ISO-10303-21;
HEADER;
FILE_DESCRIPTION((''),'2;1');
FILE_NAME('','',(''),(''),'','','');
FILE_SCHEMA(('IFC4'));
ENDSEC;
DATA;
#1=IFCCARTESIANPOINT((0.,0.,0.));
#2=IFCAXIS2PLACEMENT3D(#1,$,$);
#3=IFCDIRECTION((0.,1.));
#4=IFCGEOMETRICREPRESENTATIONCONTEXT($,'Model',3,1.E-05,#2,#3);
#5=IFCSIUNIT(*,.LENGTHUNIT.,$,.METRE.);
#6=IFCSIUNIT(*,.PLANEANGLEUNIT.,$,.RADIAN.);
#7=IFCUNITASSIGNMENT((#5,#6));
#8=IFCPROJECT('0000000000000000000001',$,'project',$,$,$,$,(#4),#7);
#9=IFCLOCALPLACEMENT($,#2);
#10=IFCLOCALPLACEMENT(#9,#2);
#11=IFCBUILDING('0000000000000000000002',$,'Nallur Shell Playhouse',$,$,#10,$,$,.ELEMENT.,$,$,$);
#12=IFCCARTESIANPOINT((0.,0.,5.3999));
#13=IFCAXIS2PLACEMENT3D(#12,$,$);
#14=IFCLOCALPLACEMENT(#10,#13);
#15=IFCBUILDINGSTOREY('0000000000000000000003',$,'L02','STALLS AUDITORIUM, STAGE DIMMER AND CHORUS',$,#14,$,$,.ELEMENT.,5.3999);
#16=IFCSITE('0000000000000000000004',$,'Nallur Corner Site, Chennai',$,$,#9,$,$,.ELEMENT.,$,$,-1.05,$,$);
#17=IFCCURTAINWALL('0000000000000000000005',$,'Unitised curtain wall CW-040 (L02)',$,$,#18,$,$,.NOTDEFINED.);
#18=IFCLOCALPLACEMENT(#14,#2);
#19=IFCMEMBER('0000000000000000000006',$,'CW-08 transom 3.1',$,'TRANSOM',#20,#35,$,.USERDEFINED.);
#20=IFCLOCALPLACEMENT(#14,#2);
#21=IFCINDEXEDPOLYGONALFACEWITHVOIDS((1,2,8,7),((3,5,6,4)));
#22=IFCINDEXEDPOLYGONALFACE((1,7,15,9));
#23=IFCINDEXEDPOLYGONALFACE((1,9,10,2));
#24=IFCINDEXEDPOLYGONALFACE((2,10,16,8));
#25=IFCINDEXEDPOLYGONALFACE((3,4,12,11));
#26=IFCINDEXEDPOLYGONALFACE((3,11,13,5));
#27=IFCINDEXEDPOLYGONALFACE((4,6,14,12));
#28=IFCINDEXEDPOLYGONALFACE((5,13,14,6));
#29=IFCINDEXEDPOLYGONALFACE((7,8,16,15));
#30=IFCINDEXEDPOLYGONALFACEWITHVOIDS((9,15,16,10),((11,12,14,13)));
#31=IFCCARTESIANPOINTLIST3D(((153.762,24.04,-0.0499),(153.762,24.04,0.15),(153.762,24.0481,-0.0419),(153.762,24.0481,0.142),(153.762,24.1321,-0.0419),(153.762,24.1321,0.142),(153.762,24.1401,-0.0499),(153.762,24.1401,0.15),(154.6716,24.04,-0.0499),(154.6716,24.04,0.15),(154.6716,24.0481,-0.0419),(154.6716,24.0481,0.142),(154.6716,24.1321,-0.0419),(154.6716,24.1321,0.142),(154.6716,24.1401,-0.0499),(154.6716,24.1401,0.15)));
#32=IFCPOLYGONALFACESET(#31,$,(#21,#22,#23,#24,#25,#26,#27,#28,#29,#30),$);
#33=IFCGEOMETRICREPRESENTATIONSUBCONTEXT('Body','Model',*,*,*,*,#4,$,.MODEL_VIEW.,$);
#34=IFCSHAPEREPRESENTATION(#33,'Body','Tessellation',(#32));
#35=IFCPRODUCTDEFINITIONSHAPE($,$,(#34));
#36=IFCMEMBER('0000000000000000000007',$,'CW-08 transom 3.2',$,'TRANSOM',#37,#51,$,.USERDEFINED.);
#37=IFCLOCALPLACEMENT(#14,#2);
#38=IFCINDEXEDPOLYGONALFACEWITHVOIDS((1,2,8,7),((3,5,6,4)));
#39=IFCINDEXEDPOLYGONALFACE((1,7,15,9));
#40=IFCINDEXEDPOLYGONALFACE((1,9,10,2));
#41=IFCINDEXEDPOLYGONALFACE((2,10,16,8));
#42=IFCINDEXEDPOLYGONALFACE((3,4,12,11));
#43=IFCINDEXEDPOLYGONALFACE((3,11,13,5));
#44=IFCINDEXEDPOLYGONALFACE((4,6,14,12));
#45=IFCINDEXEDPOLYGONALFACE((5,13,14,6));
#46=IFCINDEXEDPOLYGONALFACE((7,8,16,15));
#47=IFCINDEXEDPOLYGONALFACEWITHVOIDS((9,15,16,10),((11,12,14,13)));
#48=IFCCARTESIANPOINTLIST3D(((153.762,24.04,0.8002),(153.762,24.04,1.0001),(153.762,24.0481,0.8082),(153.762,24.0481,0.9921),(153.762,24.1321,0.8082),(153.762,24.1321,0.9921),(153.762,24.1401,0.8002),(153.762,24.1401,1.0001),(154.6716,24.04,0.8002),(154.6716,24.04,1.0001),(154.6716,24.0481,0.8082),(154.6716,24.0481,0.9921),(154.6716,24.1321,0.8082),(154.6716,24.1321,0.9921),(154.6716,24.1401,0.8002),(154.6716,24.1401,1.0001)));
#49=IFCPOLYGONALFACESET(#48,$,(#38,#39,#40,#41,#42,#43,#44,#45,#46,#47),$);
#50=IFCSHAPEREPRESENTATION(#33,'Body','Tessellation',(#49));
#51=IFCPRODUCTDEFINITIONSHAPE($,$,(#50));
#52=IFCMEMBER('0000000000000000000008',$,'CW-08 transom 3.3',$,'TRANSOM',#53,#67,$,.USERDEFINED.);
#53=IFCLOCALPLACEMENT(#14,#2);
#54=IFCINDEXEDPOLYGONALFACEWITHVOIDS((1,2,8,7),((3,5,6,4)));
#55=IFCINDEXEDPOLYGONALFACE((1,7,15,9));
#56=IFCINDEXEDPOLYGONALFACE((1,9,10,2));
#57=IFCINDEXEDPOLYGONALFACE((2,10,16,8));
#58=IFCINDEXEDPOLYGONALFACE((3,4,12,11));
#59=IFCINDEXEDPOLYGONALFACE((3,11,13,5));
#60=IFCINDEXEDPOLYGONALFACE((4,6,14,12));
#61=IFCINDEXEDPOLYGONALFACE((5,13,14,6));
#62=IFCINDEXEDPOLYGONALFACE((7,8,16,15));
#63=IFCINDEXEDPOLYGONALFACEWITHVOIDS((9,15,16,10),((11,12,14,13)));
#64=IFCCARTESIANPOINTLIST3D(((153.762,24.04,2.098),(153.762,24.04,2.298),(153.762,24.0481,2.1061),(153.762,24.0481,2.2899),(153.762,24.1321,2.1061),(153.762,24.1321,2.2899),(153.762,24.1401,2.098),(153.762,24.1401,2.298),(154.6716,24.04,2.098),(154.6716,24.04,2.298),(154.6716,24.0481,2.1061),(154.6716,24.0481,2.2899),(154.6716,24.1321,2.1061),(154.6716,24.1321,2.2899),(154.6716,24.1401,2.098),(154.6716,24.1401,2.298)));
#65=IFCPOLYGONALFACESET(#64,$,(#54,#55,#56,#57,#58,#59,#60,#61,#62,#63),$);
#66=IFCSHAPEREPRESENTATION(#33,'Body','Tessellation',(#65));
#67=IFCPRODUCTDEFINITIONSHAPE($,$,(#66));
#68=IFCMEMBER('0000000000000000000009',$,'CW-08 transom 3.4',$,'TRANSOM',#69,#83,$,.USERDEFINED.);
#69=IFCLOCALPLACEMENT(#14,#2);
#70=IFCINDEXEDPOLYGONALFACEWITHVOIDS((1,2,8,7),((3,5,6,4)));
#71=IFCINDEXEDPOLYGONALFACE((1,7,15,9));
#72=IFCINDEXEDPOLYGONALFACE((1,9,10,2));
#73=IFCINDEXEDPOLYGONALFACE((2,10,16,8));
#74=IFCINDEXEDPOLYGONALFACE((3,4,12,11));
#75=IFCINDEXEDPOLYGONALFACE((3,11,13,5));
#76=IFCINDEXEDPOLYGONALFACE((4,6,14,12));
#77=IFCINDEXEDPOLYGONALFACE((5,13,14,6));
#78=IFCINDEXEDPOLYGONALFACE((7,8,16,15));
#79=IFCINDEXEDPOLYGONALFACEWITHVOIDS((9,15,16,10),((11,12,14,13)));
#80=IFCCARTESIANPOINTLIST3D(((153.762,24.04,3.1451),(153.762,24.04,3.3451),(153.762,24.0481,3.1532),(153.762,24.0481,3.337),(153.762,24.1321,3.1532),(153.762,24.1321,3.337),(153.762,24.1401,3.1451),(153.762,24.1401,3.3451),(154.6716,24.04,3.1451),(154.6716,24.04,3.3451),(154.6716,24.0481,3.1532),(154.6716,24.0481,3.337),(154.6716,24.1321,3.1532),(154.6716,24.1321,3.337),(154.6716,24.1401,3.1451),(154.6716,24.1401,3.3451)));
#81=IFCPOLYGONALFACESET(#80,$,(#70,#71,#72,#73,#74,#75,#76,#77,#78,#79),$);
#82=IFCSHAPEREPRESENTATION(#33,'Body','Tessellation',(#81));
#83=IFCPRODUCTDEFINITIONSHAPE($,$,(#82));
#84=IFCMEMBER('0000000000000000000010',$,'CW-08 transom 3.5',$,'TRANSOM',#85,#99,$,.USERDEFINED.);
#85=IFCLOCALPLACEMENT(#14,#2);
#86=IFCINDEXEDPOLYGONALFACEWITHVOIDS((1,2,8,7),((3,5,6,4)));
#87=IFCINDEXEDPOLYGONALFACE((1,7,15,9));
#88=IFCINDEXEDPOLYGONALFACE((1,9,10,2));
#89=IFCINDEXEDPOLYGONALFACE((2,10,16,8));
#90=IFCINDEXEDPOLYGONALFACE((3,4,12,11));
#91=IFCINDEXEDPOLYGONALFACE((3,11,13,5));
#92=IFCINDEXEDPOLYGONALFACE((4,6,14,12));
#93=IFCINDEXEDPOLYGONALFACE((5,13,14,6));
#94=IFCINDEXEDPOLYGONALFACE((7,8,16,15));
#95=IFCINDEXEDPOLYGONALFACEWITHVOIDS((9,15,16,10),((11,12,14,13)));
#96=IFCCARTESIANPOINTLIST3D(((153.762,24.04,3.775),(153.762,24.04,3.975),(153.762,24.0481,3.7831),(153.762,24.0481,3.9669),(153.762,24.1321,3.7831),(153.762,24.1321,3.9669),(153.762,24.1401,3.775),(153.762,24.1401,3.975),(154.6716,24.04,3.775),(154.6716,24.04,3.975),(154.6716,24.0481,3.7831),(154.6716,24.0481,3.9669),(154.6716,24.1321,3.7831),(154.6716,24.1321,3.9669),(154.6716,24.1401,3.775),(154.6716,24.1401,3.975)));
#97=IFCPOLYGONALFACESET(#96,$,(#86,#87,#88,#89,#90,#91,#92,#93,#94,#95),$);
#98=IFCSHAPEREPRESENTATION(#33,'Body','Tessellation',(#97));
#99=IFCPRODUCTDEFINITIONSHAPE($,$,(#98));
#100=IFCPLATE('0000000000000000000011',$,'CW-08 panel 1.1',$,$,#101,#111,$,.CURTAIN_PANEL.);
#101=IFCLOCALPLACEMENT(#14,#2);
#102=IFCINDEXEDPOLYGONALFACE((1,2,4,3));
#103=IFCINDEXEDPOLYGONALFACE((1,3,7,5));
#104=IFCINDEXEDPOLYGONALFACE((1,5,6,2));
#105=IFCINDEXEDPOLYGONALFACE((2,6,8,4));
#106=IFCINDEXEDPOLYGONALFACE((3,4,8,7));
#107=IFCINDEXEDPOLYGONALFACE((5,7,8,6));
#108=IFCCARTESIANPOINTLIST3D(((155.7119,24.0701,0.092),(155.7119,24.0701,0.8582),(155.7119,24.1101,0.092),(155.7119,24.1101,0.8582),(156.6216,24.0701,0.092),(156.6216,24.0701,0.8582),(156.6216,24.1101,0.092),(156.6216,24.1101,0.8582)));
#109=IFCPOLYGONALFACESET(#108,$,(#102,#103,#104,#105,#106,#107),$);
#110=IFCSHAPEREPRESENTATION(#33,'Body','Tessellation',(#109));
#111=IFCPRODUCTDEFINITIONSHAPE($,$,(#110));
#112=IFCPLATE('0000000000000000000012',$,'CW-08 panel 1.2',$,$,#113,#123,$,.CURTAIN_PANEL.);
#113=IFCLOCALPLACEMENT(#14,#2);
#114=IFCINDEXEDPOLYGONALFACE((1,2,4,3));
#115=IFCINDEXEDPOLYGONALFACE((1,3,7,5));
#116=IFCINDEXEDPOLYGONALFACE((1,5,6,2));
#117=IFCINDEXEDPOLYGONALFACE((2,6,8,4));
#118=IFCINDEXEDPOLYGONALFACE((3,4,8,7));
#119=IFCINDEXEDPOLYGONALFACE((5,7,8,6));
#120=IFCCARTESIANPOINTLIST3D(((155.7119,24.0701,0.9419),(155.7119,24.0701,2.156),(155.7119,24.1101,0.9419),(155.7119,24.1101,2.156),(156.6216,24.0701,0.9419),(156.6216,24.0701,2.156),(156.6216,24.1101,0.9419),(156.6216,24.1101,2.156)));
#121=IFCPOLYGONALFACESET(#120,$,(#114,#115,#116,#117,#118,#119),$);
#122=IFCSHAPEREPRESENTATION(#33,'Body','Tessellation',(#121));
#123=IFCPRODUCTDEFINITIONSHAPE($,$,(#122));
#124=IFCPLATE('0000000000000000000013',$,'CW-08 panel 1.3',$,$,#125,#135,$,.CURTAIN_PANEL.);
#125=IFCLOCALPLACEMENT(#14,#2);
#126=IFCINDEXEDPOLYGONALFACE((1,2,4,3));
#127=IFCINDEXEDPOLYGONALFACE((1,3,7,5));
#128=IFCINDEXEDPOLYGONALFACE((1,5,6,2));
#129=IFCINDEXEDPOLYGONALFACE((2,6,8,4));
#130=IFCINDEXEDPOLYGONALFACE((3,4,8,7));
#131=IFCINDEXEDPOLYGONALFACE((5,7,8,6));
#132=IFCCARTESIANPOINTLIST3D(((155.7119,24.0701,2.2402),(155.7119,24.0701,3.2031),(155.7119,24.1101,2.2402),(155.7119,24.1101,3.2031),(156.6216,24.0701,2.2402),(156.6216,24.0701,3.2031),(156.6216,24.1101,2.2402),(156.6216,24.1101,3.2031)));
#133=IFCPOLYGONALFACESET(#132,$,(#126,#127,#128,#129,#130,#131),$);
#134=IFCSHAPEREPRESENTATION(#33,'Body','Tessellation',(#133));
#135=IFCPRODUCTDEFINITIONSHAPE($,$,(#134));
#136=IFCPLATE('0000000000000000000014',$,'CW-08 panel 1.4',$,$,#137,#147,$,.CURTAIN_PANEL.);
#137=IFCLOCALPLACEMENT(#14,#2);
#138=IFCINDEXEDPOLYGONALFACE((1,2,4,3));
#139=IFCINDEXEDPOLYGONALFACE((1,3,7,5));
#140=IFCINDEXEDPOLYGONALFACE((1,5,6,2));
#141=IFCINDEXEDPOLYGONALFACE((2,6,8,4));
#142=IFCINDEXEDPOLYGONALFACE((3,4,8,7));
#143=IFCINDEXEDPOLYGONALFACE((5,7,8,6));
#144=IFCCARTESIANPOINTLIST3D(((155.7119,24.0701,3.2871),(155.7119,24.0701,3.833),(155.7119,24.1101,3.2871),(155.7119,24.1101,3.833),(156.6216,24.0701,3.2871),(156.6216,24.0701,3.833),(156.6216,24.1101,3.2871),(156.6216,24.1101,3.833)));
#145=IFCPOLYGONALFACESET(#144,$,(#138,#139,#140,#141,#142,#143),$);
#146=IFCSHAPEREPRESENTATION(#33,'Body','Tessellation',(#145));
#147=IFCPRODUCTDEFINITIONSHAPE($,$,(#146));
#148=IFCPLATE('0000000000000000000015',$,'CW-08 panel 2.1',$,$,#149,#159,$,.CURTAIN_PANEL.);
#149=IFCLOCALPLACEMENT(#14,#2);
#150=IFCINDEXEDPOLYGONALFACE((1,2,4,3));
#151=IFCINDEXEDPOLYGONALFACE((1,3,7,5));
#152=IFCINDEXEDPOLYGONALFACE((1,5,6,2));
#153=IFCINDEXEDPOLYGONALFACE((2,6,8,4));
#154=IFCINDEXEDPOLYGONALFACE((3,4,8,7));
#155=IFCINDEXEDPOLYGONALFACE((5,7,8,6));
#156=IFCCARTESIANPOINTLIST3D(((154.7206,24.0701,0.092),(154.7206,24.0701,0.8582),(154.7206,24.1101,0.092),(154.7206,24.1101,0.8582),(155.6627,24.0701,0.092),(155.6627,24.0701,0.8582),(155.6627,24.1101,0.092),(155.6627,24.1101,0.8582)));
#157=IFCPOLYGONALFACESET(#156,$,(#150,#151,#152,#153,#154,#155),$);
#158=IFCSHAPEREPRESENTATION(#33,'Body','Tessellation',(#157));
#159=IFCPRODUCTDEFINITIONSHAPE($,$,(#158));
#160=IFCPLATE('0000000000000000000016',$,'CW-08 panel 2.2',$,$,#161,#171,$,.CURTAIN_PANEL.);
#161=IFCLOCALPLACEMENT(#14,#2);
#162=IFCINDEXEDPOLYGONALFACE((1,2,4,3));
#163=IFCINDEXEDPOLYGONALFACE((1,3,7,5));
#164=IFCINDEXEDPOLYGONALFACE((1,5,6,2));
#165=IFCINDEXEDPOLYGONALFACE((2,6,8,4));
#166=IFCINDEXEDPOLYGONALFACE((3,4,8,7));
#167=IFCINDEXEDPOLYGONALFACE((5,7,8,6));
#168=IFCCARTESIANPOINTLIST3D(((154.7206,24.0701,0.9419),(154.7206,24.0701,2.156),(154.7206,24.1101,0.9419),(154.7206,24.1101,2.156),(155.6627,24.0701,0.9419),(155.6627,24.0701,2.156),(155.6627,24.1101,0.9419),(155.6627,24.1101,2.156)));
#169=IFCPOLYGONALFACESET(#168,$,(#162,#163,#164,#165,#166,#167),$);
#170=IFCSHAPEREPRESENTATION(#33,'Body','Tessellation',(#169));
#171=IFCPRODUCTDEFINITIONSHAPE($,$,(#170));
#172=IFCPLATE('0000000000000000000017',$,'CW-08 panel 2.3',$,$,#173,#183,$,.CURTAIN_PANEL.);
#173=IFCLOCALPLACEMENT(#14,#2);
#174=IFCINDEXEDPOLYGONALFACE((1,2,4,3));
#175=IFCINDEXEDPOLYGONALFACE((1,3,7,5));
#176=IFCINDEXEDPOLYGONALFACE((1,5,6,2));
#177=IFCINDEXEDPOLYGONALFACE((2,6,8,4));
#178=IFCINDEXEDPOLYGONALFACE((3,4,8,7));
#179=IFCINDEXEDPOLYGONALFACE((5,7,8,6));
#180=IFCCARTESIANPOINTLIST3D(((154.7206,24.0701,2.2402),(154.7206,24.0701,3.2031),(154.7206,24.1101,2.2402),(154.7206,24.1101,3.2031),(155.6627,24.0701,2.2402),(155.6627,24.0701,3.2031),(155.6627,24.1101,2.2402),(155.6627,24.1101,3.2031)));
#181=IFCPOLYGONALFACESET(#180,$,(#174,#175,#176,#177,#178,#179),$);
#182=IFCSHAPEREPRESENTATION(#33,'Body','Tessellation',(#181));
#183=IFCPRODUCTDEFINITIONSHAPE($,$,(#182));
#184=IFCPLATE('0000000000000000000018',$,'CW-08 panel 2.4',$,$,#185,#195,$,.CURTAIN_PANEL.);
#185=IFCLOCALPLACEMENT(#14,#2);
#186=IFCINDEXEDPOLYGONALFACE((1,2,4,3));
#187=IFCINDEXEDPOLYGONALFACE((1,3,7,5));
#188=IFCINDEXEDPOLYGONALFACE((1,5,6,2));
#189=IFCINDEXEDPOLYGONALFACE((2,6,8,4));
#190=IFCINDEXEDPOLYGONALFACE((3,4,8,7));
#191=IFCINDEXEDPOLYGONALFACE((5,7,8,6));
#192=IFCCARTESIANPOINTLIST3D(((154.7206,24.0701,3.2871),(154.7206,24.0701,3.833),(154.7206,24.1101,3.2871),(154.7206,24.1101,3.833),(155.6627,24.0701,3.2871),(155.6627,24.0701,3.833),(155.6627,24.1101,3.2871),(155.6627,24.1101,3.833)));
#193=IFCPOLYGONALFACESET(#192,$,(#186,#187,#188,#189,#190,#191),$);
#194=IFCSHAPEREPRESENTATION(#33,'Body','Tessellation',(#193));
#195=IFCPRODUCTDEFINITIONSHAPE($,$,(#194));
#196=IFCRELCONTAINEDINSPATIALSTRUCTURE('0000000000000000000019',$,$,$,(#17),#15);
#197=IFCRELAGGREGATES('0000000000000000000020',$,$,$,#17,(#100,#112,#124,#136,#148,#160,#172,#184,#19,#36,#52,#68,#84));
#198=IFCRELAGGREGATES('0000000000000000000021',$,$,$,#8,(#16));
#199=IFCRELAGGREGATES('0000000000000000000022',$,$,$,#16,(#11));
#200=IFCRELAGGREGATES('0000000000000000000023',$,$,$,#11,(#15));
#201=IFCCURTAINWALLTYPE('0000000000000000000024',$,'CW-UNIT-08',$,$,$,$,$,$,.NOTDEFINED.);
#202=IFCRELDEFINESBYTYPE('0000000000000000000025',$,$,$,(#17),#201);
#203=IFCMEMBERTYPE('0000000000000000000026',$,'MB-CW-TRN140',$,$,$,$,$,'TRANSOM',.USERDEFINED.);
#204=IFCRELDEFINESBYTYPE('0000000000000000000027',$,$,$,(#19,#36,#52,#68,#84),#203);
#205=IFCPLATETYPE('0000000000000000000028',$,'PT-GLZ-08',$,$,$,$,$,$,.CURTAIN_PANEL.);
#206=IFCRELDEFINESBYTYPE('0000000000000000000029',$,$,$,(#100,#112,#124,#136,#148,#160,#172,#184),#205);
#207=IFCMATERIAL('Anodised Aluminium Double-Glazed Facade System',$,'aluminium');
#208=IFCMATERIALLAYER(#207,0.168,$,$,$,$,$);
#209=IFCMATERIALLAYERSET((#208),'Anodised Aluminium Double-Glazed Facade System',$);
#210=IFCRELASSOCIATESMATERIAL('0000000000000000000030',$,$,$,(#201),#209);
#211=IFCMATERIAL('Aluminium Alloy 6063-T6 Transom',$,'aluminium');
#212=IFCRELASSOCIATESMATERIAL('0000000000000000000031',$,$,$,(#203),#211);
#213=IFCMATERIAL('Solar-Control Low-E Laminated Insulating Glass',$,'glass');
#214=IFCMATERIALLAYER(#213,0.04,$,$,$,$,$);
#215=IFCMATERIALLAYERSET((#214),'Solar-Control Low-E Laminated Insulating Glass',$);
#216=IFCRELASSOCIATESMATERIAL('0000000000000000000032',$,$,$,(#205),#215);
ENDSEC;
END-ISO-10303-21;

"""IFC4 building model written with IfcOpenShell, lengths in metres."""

from ifc_helpers import new_model, si_unit, direction, frame, origin, origin_2d, place, context, subcontext, project, spatial, rectangle, hollow_rectangle, extrude, material, layer, layer_set, material_profile, profile_set, type_object, element, aggregate, save


model = new_model("IFC4")

# Units and contexts
model_context = context("Model", 3, precision=1e-05, world=origin(), true_north=direction((0.0, 1.0)))
body_context = subcontext(model_context, "Body", "Model", "MODEL_VIEW")
ifc_project = project(units=[si_unit("LENGTHUNIT", "METRE"), si_unit("PLANEANGLEUNIT", "RADIAN")], contexts=[model_context])

# Site, building, storey
site_placement = place(None, origin())
site = spatial("IfcSite", under=ifc_project, at=site_placement, Name="Nallur Corner Site, Chennai", CompositionType="ELEMENT", RefElevation=-1.05)
building_placement = place(site_placement, origin())
building = spatial("IfcBuilding", under=site, at=building_placement, Name="Nallur Shell Playhouse", CompositionType="ELEMENT")
storey_placement = place(building_placement, frame((0.0, 0.0, 5.3999)))
storey = spatial("IfcBuildingStorey", under=building, at=storey_placement, Name="L02", Description="STALLS AUDITORIUM, STAGE DIMMER AND CHORUS", CompositionType="ELEMENT", Elevation=5.3999)

# Shared definitions
ifc_material_1 = material(Name="Anodised Aluminium Double-Glazed Facade System", Category="aluminium")

# Curtain wall
ifc_layer_1 = layer(ifc_material_1, 0.168)
ifc_layer_set_1 = layer_set([ifc_layer_1], Name="Anodised Aluminium Double-Glazed Facade System")
curtain_wall_type_1 = type_object("IfcCurtainWallType", Name="CW-UNIT-08", PredefinedType="NOTDEFINED", material=ifc_layer_set_1)
curtain_wall_1_placement = place(storey_placement, origin())
curtain_wall_1 = element("IfcCurtainWall", 1, at=curtain_wall_1_placement, inside=storey, type_object=curtain_wall_type_1, Name="Unitised curtain wall CW-040 (L02)", PredefinedType="NOTDEFINED")

# Members
ifc_material_2 = material(Name="Aluminium Alloy 6063-T6 Transom", Category="aluminium")
ifc_material_profile_1 = material_profile(ifc_material_2, hollow_rectangle(XDim=0.1001, YDim=0.2, WallThickness=0.0081, at=origin_2d()), Name="RHS 200x100x8")
ifc_profile_set_1 = profile_set([ifc_material_profile_1], Name="Aluminium Alloy 6063-T6 Transom")
member_type_1 = type_object("IfcMemberType", Name="MB-CW-TRN140", ElementType="TRANSOM", PredefinedType="USERDEFINED", material=ifc_profile_set_1)
member_1_placement = place(storey_placement, frame((154.6716, 24.0901, 0.05), z_axis=(-1.0, 0.0, 0.0), x_axis=(0.0, -1.0, 0.0)))
member_1 = element("IfcMember", 2, at=member_1_placement, type_object=member_type_1, Name="CW-08 transom 3.1", ObjectType="TRANSOM", PredefinedType="USERDEFINED", context=body_context, shape_type="SweptSolid", body=[
    extrude(hollow_rectangle(XDim=0.1001, YDim=0.2, WallThickness=0.0081, at=origin_2d()), origin(), (0.0, 0.0, 1.0), 0.9097),
])
member_2_placement = place(storey_placement, frame((154.6716, 24.0901, 0.9001), z_axis=(-1.0, 0.0, 0.0), x_axis=(0.0, -1.0, 0.0)))
member_2 = element("IfcMember", 3, at=member_2_placement, type_object=member_type_1, Name="CW-08 transom 3.2", ObjectType="TRANSOM", PredefinedType="USERDEFINED", context=body_context, shape_type="SweptSolid", body=[
    extrude(hollow_rectangle(XDim=0.1001, YDim=0.2, WallThickness=0.0081, at=origin_2d()), origin(), (0.0, 0.0, 1.0), 0.9097),
])
member_3_placement = place(storey_placement, frame((154.6716, 24.0901, 2.198), z_axis=(-1.0, 0.0, 0.0), x_axis=(0.0, -1.0, 0.0)))
member_3 = element("IfcMember", 4, at=member_3_placement, type_object=member_type_1, Name="CW-08 transom 3.3", ObjectType="TRANSOM", PredefinedType="USERDEFINED", context=body_context, shape_type="SweptSolid", body=[
    extrude(hollow_rectangle(XDim=0.1001, YDim=0.2, WallThickness=0.0081, at=origin_2d()), origin(), (0.0, 0.0, 1.0), 0.9097),
])
member_4_placement = place(storey_placement, frame((154.6716, 24.0901, 3.2451), z_axis=(-1.0, 0.0, 0.0), x_axis=(0.0, -1.0, 0.0)))
member_4 = element("IfcMember", 5, at=member_4_placement, type_object=member_type_1, Name="CW-08 transom 3.4", ObjectType="TRANSOM", PredefinedType="USERDEFINED", context=body_context, shape_type="SweptSolid", body=[
    extrude(hollow_rectangle(XDim=0.1001, YDim=0.2, WallThickness=0.0081, at=origin_2d()), origin(), (0.0, 0.0, 1.0), 0.9097),
])
member_5_placement = place(storey_placement, frame((154.6716, 24.0901, 3.875), z_axis=(-1.0, 0.0, 0.0), x_axis=(0.0, -1.0, 0.0)))
member_5 = element("IfcMember", 6, at=member_5_placement, type_object=member_type_1, Name="CW-08 transom 3.5", ObjectType="TRANSOM", PredefinedType="USERDEFINED", context=body_context, shape_type="SweptSolid", body=[
    extrude(hollow_rectangle(XDim=0.1001, YDim=0.2, WallThickness=0.0081, at=origin_2d()), origin(), (0.0, 0.0, 1.0), 0.9097),
])

# Plates
ifc_material_3 = material(Name="Solar-Control Low-E Laminated Insulating Glass", Category="glass")
ifc_layer_2 = layer(ifc_material_3, 0.04)
ifc_layer_set_2 = layer_set([ifc_layer_2], Name="Solar-Control Low-E Laminated Insulating Glass")
plate_type_1 = type_object("IfcPlateType", Name="PT-GLZ-08", PredefinedType="CURTAIN_PANEL", material=ifc_layer_set_2)
plate_1_placement = place(storey_placement, frame((156.1667, 24.0901, 0.092), z_axis=(0.0, 0.0, 1.0), x_axis=(-1.0, 0.0, 0.0)))
plate_1 = element("IfcPlate", 7, at=plate_1_placement, type_object=plate_type_1, Name="CW-08 panel 1.1", PredefinedType="CURTAIN_PANEL", context=body_context, shape_type="SweptSolid", body=[
    extrude(rectangle(XDim=0.9097, YDim=0.04, at=origin_2d()), origin(), (0.0, 0.0, 1.0), 0.7661),
])
plate_2_placement = place(storey_placement, frame((156.1667, 24.0901, 0.9419), z_axis=(0.0, 0.0, 1.0), x_axis=(-1.0, 0.0, 0.0)))
plate_2 = element("IfcPlate", 8, at=plate_2_placement, type_object=plate_type_1, Name="CW-08 panel 1.2", PredefinedType="CURTAIN_PANEL", context=body_context, shape_type="SweptSolid", body=[
    extrude(rectangle(XDim=0.9097, YDim=0.04, at=origin_2d()), origin(), (0.0, 0.0, 1.0), 1.2141),
])
plate_3_placement = place(storey_placement, frame((156.1667, 24.0901, 2.2402), z_axis=(0.0, 0.0, 1.0), x_axis=(-1.0, 0.0, 0.0)))
plate_3 = element("IfcPlate", 9, at=plate_3_placement, type_object=plate_type_1, Name="CW-08 panel 1.3", PredefinedType="CURTAIN_PANEL", context=body_context, shape_type="SweptSolid", body=[
    extrude(rectangle(XDim=0.9097, YDim=0.04, at=origin_2d()), origin(), (0.0, 0.0, 1.0), 0.9629),
])
plate_4_placement = place(storey_placement, frame((156.1667, 24.0901, 3.2871), z_axis=(0.0, 0.0, 1.0), x_axis=(-1.0, 0.0, 0.0)))
plate_4 = element("IfcPlate", 10, at=plate_4_placement, type_object=plate_type_1, Name="CW-08 panel 1.4", PredefinedType="CURTAIN_PANEL", context=body_context, shape_type="SweptSolid", body=[
    extrude(rectangle(XDim=0.9097, YDim=0.04, at=origin_2d()), origin(), (0.0, 0.0, 1.0), 0.5459),
])
plate_5_placement = place(storey_placement, frame((155.1917, 24.0901, 0.092), z_axis=(0.0, 0.0, 1.0), x_axis=(-1.0, 0.0, 0.0)))
plate_5 = element("IfcPlate", 11, at=plate_5_placement, type_object=plate_type_1, Name="CW-08 panel 2.1", PredefinedType="CURTAIN_PANEL", context=body_context, shape_type="SweptSolid", body=[
    extrude(rectangle(XDim=0.9421, YDim=0.04, at=origin_2d()), origin(), (0.0, 0.0, 1.0), 0.7661),
])
plate_6_placement = place(storey_placement, frame((155.1917, 24.0901, 0.9419), z_axis=(0.0, 0.0, 1.0), x_axis=(-1.0, 0.0, 0.0)))
plate_6 = element("IfcPlate", 12, at=plate_6_placement, type_object=plate_type_1, Name="CW-08 panel 2.2", PredefinedType="CURTAIN_PANEL", context=body_context, shape_type="SweptSolid", body=[
    extrude(rectangle(XDim=0.9421, YDim=0.04, at=origin_2d()), origin(), (0.0, 0.0, 1.0), 1.2141),
])
plate_7_placement = place(storey_placement, frame((155.1917, 24.0901, 2.2402), z_axis=(0.0, 0.0, 1.0), x_axis=(-1.0, 0.0, 0.0)))
plate_7 = element("IfcPlate", 13, at=plate_7_placement, type_object=plate_type_1, Name="CW-08 panel 2.3", PredefinedType="CURTAIN_PANEL", context=body_context, shape_type="SweptSolid", body=[
    extrude(rectangle(XDim=0.9421, YDim=0.04, at=origin_2d()), origin(), (0.0, 0.0, 1.0), 0.9629),
])
plate_8_placement = place(storey_placement, frame((155.1917, 24.0901, 3.2871), z_axis=(0.0, 0.0, 1.0), x_axis=(-1.0, 0.0, 0.0)))
plate_8 = element("IfcPlate", 14, at=plate_8_placement, type_object=plate_type_1, Name="CW-08 panel 2.4", PredefinedType="CURTAIN_PANEL", context=body_context, shape_type="SweptSolid", body=[
    extrude(rectangle(XDim=0.9421, YDim=0.04, at=origin_2d()), origin(), (0.0, 0.0, 1.0), 0.5459),
])
aggregate(curtain_wall_1, [plate_1, plate_2, plate_3, plate_4, plate_5, plate_6, plate_7, plate_8, member_1, member_2, member_3, member_4, member_5])

save(model, "model.ifc")
